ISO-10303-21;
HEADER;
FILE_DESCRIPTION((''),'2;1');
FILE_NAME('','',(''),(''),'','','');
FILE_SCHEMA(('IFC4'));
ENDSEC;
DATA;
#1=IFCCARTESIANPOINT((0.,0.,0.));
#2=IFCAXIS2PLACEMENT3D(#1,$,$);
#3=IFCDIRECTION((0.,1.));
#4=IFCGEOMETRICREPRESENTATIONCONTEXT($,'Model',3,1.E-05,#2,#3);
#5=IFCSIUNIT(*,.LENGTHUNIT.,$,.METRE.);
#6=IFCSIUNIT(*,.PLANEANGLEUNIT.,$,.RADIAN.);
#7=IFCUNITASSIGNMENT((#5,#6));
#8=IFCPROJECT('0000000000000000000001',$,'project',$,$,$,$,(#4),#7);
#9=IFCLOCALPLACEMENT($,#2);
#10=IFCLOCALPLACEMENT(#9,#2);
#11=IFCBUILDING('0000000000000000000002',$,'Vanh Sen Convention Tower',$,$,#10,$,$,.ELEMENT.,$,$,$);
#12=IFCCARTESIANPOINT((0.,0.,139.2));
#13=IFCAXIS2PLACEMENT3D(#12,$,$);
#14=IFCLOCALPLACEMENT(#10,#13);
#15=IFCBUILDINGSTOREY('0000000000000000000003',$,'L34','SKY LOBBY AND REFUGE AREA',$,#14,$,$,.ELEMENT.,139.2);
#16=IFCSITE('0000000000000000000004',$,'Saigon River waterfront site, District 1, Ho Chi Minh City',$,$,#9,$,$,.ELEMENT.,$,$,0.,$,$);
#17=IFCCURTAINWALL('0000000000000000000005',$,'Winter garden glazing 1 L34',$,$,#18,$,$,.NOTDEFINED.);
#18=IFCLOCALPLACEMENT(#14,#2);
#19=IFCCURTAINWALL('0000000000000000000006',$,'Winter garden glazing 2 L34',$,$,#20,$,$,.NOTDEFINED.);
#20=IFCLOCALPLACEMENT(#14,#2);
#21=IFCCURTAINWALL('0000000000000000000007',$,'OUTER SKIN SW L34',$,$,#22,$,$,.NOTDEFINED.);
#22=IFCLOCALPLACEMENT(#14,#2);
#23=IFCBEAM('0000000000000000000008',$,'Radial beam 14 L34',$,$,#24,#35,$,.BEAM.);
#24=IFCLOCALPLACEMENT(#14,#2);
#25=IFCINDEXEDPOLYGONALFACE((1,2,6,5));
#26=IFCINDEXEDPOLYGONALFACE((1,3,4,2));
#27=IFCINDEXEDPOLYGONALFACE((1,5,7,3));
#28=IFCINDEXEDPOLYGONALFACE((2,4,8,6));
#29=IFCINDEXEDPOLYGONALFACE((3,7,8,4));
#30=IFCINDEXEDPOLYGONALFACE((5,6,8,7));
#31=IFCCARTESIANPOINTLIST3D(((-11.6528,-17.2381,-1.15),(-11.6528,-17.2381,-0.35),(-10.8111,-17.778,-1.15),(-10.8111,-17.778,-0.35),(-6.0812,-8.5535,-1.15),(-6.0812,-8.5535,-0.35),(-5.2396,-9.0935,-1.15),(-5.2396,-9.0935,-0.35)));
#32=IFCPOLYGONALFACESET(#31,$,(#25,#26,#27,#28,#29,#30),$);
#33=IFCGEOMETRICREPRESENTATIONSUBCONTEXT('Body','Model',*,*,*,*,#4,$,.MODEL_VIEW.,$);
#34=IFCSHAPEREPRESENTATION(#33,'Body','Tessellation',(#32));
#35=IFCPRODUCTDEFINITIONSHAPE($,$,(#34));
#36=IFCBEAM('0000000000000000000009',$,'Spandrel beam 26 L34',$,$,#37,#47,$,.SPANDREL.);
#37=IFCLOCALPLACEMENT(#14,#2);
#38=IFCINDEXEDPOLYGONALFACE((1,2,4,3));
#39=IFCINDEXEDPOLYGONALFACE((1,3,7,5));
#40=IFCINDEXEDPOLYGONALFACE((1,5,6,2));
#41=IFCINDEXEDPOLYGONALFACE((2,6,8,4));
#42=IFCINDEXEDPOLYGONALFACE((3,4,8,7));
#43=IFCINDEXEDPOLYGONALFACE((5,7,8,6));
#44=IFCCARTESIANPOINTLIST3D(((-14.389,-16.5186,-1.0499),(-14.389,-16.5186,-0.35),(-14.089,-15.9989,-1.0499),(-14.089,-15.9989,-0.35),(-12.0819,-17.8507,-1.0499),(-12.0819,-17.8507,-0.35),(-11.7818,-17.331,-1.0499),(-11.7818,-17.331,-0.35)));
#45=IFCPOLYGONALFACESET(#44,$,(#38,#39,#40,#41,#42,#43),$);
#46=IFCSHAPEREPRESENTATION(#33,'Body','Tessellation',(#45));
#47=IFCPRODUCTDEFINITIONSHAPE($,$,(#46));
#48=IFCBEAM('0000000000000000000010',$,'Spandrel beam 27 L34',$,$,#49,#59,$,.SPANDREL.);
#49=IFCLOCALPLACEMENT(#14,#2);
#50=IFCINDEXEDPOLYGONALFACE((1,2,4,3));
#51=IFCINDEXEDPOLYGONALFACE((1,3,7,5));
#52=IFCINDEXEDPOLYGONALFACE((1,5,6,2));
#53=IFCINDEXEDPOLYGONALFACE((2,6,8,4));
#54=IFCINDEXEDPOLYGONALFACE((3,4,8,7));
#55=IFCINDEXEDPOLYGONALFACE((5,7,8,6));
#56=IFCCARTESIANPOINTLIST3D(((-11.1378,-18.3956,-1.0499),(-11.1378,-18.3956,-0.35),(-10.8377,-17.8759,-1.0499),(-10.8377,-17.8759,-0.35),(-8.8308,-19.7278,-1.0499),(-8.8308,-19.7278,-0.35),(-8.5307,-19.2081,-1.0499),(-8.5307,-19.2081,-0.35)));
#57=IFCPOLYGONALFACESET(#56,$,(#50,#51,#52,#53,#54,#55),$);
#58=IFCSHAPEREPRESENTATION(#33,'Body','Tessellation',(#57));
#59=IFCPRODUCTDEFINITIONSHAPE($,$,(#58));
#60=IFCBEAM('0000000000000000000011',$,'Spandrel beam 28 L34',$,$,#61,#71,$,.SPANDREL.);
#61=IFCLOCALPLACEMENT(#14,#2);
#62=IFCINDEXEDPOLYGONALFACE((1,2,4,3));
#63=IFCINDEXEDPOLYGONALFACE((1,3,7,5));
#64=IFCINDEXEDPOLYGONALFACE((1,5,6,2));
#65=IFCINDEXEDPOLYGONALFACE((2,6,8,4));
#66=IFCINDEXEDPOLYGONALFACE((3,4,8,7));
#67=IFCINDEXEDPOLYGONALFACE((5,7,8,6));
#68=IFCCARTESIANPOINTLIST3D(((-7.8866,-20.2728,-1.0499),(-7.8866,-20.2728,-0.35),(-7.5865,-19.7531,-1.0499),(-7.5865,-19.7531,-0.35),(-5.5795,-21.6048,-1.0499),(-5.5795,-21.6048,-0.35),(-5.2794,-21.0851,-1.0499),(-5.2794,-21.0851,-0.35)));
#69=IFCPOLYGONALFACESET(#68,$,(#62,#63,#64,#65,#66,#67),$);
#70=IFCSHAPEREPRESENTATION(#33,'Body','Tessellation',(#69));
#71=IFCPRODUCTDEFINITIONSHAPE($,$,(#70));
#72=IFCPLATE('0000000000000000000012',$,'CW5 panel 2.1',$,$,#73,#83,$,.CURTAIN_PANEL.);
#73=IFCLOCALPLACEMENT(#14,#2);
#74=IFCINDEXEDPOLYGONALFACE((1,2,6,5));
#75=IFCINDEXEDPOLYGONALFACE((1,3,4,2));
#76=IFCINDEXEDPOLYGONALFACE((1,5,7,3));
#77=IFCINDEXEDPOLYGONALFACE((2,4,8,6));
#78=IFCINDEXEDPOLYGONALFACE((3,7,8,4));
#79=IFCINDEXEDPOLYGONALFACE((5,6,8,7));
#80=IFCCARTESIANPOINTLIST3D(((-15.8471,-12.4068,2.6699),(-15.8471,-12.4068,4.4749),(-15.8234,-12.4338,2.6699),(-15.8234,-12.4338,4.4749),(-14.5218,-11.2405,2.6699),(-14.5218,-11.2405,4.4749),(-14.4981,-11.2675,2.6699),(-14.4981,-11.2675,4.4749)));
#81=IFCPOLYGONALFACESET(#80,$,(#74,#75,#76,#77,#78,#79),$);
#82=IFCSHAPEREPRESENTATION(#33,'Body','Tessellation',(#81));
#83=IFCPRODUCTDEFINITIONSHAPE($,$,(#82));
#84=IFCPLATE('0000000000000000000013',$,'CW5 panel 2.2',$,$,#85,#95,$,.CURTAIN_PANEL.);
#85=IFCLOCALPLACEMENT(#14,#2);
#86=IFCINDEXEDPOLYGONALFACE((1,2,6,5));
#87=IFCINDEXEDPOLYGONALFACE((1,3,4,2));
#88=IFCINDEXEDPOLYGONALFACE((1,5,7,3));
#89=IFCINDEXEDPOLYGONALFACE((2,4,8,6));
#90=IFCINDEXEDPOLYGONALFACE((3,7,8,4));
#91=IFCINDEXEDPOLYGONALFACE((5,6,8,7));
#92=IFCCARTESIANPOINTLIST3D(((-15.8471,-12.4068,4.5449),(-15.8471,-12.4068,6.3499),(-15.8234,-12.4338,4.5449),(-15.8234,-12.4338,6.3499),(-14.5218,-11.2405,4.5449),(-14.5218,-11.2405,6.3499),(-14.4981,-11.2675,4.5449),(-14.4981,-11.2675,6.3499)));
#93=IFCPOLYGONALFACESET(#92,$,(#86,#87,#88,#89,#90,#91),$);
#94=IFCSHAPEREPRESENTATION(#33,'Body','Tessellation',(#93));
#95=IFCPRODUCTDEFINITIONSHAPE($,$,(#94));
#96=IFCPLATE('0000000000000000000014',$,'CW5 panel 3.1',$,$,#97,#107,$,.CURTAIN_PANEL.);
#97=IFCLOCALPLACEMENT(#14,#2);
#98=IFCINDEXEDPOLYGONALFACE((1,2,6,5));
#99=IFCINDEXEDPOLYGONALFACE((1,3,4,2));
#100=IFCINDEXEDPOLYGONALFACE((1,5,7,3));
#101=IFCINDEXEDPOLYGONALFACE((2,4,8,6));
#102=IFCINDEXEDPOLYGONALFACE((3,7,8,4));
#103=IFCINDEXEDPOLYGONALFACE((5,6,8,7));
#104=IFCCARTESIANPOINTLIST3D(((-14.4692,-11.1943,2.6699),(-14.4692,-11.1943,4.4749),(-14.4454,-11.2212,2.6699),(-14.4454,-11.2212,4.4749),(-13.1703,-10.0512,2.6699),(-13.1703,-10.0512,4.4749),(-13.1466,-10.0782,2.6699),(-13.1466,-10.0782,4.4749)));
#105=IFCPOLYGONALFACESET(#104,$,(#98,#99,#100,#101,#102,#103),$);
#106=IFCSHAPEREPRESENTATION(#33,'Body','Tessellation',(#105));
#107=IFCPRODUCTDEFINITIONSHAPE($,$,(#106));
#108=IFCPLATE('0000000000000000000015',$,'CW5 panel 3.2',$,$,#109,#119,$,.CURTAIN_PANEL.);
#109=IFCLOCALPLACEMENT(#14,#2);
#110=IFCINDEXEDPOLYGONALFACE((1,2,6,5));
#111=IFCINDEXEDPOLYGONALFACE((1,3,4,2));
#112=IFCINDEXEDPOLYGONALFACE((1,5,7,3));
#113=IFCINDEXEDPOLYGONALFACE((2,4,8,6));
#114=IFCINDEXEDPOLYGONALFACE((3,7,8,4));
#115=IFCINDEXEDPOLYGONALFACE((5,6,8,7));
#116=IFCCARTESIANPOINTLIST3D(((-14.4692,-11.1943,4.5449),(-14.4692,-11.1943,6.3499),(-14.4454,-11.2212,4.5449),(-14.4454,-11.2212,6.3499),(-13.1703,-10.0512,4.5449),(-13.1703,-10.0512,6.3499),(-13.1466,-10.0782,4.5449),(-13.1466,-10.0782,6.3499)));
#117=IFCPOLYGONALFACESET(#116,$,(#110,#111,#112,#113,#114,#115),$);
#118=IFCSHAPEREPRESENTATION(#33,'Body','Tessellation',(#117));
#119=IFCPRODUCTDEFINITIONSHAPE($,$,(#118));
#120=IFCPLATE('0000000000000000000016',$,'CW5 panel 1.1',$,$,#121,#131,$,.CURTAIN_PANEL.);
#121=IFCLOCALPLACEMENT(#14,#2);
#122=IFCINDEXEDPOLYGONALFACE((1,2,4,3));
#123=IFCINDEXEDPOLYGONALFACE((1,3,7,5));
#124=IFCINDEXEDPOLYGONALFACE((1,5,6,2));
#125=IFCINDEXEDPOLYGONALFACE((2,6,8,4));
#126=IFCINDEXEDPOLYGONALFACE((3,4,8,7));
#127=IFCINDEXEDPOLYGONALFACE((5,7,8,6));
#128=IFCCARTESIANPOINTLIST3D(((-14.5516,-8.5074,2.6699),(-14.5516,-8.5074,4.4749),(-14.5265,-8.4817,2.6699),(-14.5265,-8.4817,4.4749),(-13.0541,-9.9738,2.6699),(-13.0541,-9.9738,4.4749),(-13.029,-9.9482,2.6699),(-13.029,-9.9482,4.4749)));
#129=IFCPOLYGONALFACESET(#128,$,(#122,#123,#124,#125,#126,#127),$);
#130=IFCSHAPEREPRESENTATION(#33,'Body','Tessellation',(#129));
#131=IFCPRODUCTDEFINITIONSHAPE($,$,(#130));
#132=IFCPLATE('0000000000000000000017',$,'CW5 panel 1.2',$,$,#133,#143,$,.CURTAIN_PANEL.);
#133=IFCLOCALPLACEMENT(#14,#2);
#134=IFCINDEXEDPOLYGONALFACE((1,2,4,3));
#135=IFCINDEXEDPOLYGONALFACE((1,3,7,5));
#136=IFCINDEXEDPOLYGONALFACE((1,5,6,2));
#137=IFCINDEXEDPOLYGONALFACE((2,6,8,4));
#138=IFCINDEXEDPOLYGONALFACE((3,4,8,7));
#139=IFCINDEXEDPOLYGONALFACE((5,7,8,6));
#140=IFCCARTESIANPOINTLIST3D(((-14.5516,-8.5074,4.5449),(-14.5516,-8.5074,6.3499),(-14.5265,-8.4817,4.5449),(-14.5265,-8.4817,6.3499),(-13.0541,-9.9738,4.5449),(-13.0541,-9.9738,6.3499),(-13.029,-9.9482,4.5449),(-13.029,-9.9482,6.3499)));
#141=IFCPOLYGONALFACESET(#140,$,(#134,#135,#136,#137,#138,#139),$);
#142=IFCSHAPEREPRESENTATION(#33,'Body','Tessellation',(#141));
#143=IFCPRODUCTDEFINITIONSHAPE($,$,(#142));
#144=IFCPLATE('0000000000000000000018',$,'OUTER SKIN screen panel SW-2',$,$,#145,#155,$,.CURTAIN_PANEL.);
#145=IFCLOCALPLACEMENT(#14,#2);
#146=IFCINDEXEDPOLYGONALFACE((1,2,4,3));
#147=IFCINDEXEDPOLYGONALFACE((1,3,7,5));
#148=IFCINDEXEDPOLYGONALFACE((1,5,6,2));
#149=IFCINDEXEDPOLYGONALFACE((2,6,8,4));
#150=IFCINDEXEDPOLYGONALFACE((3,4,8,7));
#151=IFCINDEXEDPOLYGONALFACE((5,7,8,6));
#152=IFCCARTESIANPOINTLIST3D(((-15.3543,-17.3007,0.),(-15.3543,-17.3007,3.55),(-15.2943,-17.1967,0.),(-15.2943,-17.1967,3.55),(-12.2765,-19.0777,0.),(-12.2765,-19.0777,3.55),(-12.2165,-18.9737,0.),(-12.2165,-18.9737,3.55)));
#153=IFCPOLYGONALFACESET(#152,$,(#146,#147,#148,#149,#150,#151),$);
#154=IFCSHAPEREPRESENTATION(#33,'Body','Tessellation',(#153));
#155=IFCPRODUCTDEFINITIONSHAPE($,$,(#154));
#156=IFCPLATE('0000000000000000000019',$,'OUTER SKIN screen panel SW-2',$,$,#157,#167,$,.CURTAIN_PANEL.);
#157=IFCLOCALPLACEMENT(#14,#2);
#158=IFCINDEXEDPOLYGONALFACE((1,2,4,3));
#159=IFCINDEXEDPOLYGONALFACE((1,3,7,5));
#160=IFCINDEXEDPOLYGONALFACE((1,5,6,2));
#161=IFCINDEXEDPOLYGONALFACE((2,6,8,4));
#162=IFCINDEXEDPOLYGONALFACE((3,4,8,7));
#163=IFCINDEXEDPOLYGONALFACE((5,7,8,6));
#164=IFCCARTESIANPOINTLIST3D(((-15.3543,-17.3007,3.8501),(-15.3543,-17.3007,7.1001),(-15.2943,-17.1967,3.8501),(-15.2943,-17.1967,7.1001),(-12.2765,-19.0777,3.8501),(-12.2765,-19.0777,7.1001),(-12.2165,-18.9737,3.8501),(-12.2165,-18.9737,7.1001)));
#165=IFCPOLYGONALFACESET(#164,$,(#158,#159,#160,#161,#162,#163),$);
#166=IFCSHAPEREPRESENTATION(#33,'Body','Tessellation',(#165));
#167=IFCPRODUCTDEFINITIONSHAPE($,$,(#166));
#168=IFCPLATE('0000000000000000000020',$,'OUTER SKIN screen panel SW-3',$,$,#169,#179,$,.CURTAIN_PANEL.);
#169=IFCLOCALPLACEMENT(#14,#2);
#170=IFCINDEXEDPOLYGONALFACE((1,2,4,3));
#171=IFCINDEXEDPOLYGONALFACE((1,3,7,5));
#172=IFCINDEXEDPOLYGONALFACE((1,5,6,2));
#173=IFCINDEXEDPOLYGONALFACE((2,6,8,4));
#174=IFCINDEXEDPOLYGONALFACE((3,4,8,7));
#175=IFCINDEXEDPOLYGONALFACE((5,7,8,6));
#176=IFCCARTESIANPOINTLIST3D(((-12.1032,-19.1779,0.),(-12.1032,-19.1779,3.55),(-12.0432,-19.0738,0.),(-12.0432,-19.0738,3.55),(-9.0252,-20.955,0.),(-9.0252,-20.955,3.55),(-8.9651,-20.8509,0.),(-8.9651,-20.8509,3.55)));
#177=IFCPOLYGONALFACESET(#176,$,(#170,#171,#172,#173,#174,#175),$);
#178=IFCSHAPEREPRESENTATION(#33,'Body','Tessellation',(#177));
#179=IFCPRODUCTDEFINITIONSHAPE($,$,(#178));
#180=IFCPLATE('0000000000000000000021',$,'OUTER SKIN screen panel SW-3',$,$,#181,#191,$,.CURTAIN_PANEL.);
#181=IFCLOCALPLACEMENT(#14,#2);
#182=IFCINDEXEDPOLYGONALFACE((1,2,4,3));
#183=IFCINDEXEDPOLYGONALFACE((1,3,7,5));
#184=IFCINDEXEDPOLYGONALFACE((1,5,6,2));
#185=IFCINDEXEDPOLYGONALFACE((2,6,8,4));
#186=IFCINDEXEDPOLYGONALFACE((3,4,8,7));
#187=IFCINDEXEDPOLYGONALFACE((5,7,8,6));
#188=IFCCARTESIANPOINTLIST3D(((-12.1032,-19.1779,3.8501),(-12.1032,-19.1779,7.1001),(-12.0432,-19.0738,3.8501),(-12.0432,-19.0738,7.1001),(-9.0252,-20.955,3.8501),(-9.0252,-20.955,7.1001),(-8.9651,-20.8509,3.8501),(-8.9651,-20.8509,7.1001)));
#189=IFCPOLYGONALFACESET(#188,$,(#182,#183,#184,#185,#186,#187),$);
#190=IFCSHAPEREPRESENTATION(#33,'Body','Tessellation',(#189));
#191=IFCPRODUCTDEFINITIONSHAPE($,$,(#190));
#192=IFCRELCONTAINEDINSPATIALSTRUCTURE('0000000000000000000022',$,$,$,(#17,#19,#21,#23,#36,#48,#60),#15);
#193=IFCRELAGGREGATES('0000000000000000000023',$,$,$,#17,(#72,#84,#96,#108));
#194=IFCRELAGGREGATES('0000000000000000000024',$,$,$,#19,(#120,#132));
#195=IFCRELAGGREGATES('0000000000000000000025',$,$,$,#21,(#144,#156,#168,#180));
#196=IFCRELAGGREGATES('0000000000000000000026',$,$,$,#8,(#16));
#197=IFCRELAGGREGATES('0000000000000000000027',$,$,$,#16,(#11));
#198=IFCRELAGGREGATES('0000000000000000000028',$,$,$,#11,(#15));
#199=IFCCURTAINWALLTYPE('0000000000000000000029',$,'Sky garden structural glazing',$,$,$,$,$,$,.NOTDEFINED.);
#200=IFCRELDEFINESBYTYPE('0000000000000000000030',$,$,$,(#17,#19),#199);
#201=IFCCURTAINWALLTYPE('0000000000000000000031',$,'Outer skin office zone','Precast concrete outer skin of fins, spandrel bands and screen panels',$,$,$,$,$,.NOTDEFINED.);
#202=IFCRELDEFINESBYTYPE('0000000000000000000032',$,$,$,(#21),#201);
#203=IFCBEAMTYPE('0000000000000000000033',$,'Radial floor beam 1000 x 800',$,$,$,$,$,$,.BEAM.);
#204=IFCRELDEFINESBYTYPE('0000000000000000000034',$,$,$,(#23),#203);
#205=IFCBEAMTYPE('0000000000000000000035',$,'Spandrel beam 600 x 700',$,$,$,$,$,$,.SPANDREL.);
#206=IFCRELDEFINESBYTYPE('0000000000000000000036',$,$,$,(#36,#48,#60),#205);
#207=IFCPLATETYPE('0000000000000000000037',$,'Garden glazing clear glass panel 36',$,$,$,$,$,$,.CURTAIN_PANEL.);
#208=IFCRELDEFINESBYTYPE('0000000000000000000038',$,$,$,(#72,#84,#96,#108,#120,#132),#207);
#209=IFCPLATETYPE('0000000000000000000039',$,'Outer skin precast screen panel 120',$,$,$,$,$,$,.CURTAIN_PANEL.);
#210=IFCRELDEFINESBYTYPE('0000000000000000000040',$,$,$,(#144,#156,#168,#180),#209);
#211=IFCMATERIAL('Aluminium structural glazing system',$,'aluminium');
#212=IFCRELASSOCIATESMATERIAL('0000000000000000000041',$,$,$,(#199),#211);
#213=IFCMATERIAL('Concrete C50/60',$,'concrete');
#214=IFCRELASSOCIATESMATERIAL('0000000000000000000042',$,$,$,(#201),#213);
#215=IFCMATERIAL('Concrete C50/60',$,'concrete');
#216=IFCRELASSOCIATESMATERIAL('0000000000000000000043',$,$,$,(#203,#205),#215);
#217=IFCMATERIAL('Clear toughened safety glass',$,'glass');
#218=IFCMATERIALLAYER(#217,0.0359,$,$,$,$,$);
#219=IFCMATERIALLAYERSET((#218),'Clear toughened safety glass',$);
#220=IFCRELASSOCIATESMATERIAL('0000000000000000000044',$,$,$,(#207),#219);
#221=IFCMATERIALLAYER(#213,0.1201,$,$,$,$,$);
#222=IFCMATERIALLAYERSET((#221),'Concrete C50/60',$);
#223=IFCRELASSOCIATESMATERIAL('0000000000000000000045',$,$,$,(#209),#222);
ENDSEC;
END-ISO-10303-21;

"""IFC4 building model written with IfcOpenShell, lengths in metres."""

from ifc_helpers import new_model, si_unit, direction, frame, origin, origin_2d, place, context, subcontext, project, spatial, rectangle, extrude, material, layer, layer_set, material_profile, profile_set, type_object, element, aggregate, save


model = new_model("IFC4")

# Units and contexts
model_context = context("Model", 3, precision=1e-05, world=origin(), true_north=direction((0.0, 1.0)))
body_context = subcontext(model_context, "Body", "Model", "MODEL_VIEW")
ifc_project = project(units=[si_unit("LENGTHUNIT", "METRE"), si_unit("PLANEANGLEUNIT", "RADIAN")], contexts=[model_context])

# Site, building, storey
site_placement = place(None, origin())
site = spatial("IfcSite", under=ifc_project, at=site_placement, Name="Saigon River waterfront site, District 1, Ho Chi Minh City", CompositionType="ELEMENT", RefElevation=0.0)
building_placement = place(site_placement, origin())
building = spatial("IfcBuilding", under=site, at=building_placement, Name="Vanh Sen Convention Tower", CompositionType="ELEMENT")
storey_placement = place(building_placement, frame((0.0, 0.0, 139.2)))
storey = spatial("IfcBuildingStorey", under=building, at=storey_placement, Name="L34", Description="SKY LOBBY AND REFUGE AREA", CompositionType="ELEMENT", Elevation=139.2)

# Curtain wall
ifc_material_1 = material(Name="Aluminium structural glazing system", Category="aluminium")
curtain_wall_type_1 = type_object("IfcCurtainWallType", Name="Sky garden structural glazing", PredefinedType="NOTDEFINED", material=ifc_material_1)
curtain_wall_1_placement = place(storey_placement, origin())
curtain_wall_1 = element("IfcCurtainWall", 1, at=curtain_wall_1_placement, inside=storey, type_object=curtain_wall_type_1, Name="Winter garden glazing 1 L34", PredefinedType="NOTDEFINED")

# Curtain wall
curtain_wall_2_placement = place(storey_placement, origin())
curtain_wall_2 = element("IfcCurtainWall", 2, at=curtain_wall_2_placement, inside=storey, type_object=curtain_wall_type_1, Name="Winter garden glazing 2 L34", PredefinedType="NOTDEFINED")

# Curtain wall
ifc_material_2 = material(Name="Concrete C50/60", Category="concrete")
curtain_wall_type_2 = type_object("IfcCurtainWallType", Name="Outer skin office zone", Description="Precast concrete outer skin of fins, spandrel bands and screen panels", PredefinedType="NOTDEFINED", material=ifc_material_2)
curtain_wall_3_placement = place(storey_placement, origin())
curtain_wall_3 = element("IfcCurtainWall", 3, at=curtain_wall_3_placement, inside=storey, type_object=curtain_wall_type_2, Name="OUTER SKIN SW L34", PredefinedType="NOTDEFINED")

# Beams
ifc_material_3 = material(Name="Concrete C50/60", Category="concrete")
ifc_material_profile_1 = material_profile(ifc_material_3, rectangle(XDim=1.0, YDim=0.8, at=origin_2d()), Name="RC 1000X800")
ifc_profile_set_1 = profile_set([ifc_material_profile_1], Name="Concrete C50/60")
beam_type_1 = type_object("IfcBeamType", Name="Radial floor beam 1000 x 800", PredefinedType="BEAM", material=ifc_profile_set_1)
beam_placement = place(storey_placement, frame((-11.2319, -17.5081, -0.75), z_axis=(0.539975, 0.841681, 0.0), x_axis=(-0.841681, 0.539975, 0.0)))
element("IfcBeam", 4, at=beam_placement, inside=storey, type_object=beam_type_1, Name="Radial beam 14 L34", PredefinedType="BEAM", context=body_context, shape_type="SweptSolid", body=[
    extrude(rectangle(XDim=1.0, YDim=0.8, at=origin_2d()), origin(), (0.0, 0.0, 1.0), 10.3181),
])
ifc_material_profile_2 = material_profile(ifc_material_3, rectangle(XDim=0.6001, YDim=0.7, at=origin_2d()), Name="RC 600X700")
ifc_profile_set_2 = profile_set([ifc_material_profile_2], Name="Concrete C50/60")
beam_type_2 = type_object("IfcBeamType", Name="Spandrel beam 600 x 700", PredefinedType="SPANDREL", material=ifc_profile_set_2)
for number, where, z_axis, x_axis, name in (
    (5, (-14.239, -16.2588, -0.7), (0.866024, -0.500003, 0.0), (0.500003, 0.866024, 0.0), "Spandrel beam 26 L34"),
    (6, (-10.9878, -18.1357, -0.7), (0.865984, -0.500071, 0.0), (0.500071, 0.865984, 0.0), "Spandrel beam 27 L34"),
    (7, (-7.7366, -20.0129, -0.7), (0.866024, -0.500003, 0.0), (0.500003, 0.866024, 0.0), "Spandrel beam 28 L34"),
):
    element("IfcBeam", number, at=place(storey_placement, frame(where, z_axis=z_axis, x_axis=x_axis)), inside=storey, type_object=beam_type_2, Name=name, PredefinedType="SPANDREL", context=body_context, shape_type="SweptSolid", body=[
        extrude(rectangle(XDim=0.6001, YDim=0.7, at=origin_2d()), origin(), (0.0, 0.0, 1.0), 2.6641),
    ])

# Plates
ifc_material_4 = material(Name="Clear toughened safety glass", Category="glass")
ifc_layer_1 = layer(ifc_material_4, 0.0359)
ifc_layer_set_1 = layer_set([ifc_layer_1], Name="Clear toughened safety glass")
plate_type_1 = type_object("IfcPlateType", Name="Garden glazing clear glass panel 36", PredefinedType="CURTAIN_PANEL", material=ifc_layer_set_1)
plate_1_placement = place(storey_placement, frame((-15.1726, -11.8372, 2.6699), z_axis=(0.0, 0.0, 1.0), x_axis=(0.750696, 0.660648, 0.0)))
plate_1 = element("IfcPlate", 8, at=plate_1_placement, type_object=plate_type_1, Name="CW5 panel 2.1", PredefinedType="CURTAIN_PANEL", context=body_context, shape_type="SweptSolid", body=[
    extrude(rectangle(XDim=1.7654, YDim=0.0359, at=origin_2d()), origin(), (0.0, 0.0, 1.0), 1.8049),
])
plate_2_placement = place(storey_placement, frame((-15.1726, -11.8372, 4.5449), z_axis=(0.0, 0.0, 1.0), x_axis=(0.750696, 0.660648, 0.0)))
plate_2 = element("IfcPlate", 9, at=plate_2_placement, type_object=plate_type_1, Name="CW5 panel 2.2", PredefinedType="CURTAIN_PANEL", context=body_context, shape_type="SweptSolid", body=[
    extrude(rectangle(XDim=1.7654, YDim=0.0359, at=origin_2d()), origin(), (0.0, 0.0, 1.0), 1.8049),
])
plate_3_placement = place(storey_placement, frame((-13.8079, -10.6362, 2.6699), z_axis=(0.0, 0.0, 1.0), x_axis=(0.750696, 0.660648, 0.0)))
plate_3 = element("IfcPlate", 10, at=plate_3_placement, type_object=plate_type_1, Name="CW5 panel 3.1", PredefinedType="CURTAIN_PANEL", context=body_context, shape_type="SweptSolid", body=[
    extrude(rectangle(XDim=1.7302, YDim=0.0359, at=origin_2d()), origin(), (0.0, 0.0, 1.0), 1.8049),
])
plate_4_placement = place(storey_placement, frame((-13.8079, -10.6362, 4.5449), z_axis=(0.0, 0.0, 1.0), x_axis=(0.750696, 0.660648, 0.0)))
plate_4 = element("IfcPlate", 11, at=plate_4_placement, type_object=plate_type_1, Name="CW5 panel 3.2", PredefinedType="CURTAIN_PANEL", context=body_context, shape_type="SweptSolid", body=[
    extrude(rectangle(XDim=1.7302, YDim=0.0359, at=origin_2d()), origin(), (0.0, 0.0, 1.0), 1.8049),
])
aggregate(curtain_wall_1, [plate_1, plate_2, plate_3, plate_4])
plate_5_placement = place(storey_placement, frame((-13.7903, -9.2278, 2.6699), z_axis=(0.0, 0.0, 1.0), x_axis=(-0.71447, 0.699666, 0.0)))
plate_5 = element("IfcPlate", 12, at=plate_5_placement, type_object=plate_type_1, Name="CW5 panel 1.1", PredefinedType="CURTAIN_PANEL", context=body_context, shape_type="SweptSolid", body=[
    extrude(rectangle(XDim=2.0959, YDim=0.0359, at=origin_2d()), origin(), (0.0, 0.0, 1.0), 1.8049),
])
plate_6_placement = place(storey_placement, frame((-13.7903, -9.2278, 4.5449), z_axis=(0.0, 0.0, 1.0), x_axis=(-0.71447, 0.699666, 0.0)))
plate_6 = element("IfcPlate", 13, at=plate_6_placement, type_object=plate_type_1, Name="CW5 panel 1.2", PredefinedType="CURTAIN_PANEL", context=body_context, shape_type="SweptSolid", body=[
    extrude(rectangle(XDim=2.0959, YDim=0.0359, at=origin_2d()), origin(), (0.0, 0.0, 1.0), 1.8049),
])
aggregate(curtain_wall_2, [plate_5, plate_6])
ifc_layer_2 = layer(ifc_material_2, 0.1201)
ifc_layer_set_2 = layer_set([ifc_layer_2], Name="Concrete C50/60")
plate_type_2 = type_object("IfcPlateType", Name="Outer skin precast screen panel 120", PredefinedType="CURTAIN_PANEL", material=ifc_layer_set_2)
plate_7_placement = place(storey_placement, frame((-13.7854, -18.1372, 0.0), z_axis=(0.0, 0.0, 1.0), x_axis=(0.866028, -0.499995, 0.0)))
plate_7 = element("IfcPlate", 14, at=plate_7_placement, type_object=plate_type_2, Name="OUTER SKIN screen panel SW-2", PredefinedType="CURTAIN_PANEL", context=body_context, shape_type="SweptSolid", body=[
    extrude(rectangle(XDim=3.554, YDim=0.1201, at=origin_2d()), origin(), (0.0, 0.0, 1.0), 3.55),
])
plate_8_placement = place(storey_placement, frame((-13.7854, -18.1372, 3.8501), z_axis=(0.0, 0.0, 1.0), x_axis=(0.866028, -0.499995, 0.0)))
plate_8 = element("IfcPlate", 15, at=plate_8_placement, type_object=plate_type_2, Name="OUTER SKIN screen panel SW-2", PredefinedType="CURTAIN_PANEL", context=body_context, shape_type="SweptSolid", body=[
    extrude(rectangle(XDim=3.554, YDim=0.1201, at=origin_2d()), origin(), (0.0, 0.0, 1.0), 3.25),
])
plate_9_placement = place(storey_placement, frame((-10.5342, -20.0144, 0.0), z_axis=(0.0, 0.0, 1.0), x_axis=(0.866024, -0.500003, 0.0)))
plate_9 = element("IfcPlate", 16, at=plate_9_placement, type_object=plate_type_2, Name="OUTER SKIN screen panel SW-3", PredefinedType="CURTAIN_PANEL", context=body_context, shape_type="SweptSolid", body=[
    extrude(rectangle(XDim=3.5542, YDim=0.1201, at=origin_2d()), origin(), (0.0, 0.0, 1.0), 3.55),
])
plate_10_placement = place(storey_placement, frame((-10.5342, -20.0144, 3.8501), z_axis=(0.0, 0.0, 1.0), x_axis=(0.866024, -0.500003, 0.0)))
plate_10 = element("IfcPlate", 17, at=plate_10_placement, type_object=plate_type_2, Name="OUTER SKIN screen panel SW-3", PredefinedType="CURTAIN_PANEL", context=body_context, shape_type="SweptSolid", body=[
    extrude(rectangle(XDim=3.5542, YDim=0.1201, at=origin_2d()), origin(), (0.0, 0.0, 1.0), 3.25),
])
aggregate(curtain_wall_3, [plate_7, plate_8, plate_9, plate_10])

save(model, "model.ifc")
